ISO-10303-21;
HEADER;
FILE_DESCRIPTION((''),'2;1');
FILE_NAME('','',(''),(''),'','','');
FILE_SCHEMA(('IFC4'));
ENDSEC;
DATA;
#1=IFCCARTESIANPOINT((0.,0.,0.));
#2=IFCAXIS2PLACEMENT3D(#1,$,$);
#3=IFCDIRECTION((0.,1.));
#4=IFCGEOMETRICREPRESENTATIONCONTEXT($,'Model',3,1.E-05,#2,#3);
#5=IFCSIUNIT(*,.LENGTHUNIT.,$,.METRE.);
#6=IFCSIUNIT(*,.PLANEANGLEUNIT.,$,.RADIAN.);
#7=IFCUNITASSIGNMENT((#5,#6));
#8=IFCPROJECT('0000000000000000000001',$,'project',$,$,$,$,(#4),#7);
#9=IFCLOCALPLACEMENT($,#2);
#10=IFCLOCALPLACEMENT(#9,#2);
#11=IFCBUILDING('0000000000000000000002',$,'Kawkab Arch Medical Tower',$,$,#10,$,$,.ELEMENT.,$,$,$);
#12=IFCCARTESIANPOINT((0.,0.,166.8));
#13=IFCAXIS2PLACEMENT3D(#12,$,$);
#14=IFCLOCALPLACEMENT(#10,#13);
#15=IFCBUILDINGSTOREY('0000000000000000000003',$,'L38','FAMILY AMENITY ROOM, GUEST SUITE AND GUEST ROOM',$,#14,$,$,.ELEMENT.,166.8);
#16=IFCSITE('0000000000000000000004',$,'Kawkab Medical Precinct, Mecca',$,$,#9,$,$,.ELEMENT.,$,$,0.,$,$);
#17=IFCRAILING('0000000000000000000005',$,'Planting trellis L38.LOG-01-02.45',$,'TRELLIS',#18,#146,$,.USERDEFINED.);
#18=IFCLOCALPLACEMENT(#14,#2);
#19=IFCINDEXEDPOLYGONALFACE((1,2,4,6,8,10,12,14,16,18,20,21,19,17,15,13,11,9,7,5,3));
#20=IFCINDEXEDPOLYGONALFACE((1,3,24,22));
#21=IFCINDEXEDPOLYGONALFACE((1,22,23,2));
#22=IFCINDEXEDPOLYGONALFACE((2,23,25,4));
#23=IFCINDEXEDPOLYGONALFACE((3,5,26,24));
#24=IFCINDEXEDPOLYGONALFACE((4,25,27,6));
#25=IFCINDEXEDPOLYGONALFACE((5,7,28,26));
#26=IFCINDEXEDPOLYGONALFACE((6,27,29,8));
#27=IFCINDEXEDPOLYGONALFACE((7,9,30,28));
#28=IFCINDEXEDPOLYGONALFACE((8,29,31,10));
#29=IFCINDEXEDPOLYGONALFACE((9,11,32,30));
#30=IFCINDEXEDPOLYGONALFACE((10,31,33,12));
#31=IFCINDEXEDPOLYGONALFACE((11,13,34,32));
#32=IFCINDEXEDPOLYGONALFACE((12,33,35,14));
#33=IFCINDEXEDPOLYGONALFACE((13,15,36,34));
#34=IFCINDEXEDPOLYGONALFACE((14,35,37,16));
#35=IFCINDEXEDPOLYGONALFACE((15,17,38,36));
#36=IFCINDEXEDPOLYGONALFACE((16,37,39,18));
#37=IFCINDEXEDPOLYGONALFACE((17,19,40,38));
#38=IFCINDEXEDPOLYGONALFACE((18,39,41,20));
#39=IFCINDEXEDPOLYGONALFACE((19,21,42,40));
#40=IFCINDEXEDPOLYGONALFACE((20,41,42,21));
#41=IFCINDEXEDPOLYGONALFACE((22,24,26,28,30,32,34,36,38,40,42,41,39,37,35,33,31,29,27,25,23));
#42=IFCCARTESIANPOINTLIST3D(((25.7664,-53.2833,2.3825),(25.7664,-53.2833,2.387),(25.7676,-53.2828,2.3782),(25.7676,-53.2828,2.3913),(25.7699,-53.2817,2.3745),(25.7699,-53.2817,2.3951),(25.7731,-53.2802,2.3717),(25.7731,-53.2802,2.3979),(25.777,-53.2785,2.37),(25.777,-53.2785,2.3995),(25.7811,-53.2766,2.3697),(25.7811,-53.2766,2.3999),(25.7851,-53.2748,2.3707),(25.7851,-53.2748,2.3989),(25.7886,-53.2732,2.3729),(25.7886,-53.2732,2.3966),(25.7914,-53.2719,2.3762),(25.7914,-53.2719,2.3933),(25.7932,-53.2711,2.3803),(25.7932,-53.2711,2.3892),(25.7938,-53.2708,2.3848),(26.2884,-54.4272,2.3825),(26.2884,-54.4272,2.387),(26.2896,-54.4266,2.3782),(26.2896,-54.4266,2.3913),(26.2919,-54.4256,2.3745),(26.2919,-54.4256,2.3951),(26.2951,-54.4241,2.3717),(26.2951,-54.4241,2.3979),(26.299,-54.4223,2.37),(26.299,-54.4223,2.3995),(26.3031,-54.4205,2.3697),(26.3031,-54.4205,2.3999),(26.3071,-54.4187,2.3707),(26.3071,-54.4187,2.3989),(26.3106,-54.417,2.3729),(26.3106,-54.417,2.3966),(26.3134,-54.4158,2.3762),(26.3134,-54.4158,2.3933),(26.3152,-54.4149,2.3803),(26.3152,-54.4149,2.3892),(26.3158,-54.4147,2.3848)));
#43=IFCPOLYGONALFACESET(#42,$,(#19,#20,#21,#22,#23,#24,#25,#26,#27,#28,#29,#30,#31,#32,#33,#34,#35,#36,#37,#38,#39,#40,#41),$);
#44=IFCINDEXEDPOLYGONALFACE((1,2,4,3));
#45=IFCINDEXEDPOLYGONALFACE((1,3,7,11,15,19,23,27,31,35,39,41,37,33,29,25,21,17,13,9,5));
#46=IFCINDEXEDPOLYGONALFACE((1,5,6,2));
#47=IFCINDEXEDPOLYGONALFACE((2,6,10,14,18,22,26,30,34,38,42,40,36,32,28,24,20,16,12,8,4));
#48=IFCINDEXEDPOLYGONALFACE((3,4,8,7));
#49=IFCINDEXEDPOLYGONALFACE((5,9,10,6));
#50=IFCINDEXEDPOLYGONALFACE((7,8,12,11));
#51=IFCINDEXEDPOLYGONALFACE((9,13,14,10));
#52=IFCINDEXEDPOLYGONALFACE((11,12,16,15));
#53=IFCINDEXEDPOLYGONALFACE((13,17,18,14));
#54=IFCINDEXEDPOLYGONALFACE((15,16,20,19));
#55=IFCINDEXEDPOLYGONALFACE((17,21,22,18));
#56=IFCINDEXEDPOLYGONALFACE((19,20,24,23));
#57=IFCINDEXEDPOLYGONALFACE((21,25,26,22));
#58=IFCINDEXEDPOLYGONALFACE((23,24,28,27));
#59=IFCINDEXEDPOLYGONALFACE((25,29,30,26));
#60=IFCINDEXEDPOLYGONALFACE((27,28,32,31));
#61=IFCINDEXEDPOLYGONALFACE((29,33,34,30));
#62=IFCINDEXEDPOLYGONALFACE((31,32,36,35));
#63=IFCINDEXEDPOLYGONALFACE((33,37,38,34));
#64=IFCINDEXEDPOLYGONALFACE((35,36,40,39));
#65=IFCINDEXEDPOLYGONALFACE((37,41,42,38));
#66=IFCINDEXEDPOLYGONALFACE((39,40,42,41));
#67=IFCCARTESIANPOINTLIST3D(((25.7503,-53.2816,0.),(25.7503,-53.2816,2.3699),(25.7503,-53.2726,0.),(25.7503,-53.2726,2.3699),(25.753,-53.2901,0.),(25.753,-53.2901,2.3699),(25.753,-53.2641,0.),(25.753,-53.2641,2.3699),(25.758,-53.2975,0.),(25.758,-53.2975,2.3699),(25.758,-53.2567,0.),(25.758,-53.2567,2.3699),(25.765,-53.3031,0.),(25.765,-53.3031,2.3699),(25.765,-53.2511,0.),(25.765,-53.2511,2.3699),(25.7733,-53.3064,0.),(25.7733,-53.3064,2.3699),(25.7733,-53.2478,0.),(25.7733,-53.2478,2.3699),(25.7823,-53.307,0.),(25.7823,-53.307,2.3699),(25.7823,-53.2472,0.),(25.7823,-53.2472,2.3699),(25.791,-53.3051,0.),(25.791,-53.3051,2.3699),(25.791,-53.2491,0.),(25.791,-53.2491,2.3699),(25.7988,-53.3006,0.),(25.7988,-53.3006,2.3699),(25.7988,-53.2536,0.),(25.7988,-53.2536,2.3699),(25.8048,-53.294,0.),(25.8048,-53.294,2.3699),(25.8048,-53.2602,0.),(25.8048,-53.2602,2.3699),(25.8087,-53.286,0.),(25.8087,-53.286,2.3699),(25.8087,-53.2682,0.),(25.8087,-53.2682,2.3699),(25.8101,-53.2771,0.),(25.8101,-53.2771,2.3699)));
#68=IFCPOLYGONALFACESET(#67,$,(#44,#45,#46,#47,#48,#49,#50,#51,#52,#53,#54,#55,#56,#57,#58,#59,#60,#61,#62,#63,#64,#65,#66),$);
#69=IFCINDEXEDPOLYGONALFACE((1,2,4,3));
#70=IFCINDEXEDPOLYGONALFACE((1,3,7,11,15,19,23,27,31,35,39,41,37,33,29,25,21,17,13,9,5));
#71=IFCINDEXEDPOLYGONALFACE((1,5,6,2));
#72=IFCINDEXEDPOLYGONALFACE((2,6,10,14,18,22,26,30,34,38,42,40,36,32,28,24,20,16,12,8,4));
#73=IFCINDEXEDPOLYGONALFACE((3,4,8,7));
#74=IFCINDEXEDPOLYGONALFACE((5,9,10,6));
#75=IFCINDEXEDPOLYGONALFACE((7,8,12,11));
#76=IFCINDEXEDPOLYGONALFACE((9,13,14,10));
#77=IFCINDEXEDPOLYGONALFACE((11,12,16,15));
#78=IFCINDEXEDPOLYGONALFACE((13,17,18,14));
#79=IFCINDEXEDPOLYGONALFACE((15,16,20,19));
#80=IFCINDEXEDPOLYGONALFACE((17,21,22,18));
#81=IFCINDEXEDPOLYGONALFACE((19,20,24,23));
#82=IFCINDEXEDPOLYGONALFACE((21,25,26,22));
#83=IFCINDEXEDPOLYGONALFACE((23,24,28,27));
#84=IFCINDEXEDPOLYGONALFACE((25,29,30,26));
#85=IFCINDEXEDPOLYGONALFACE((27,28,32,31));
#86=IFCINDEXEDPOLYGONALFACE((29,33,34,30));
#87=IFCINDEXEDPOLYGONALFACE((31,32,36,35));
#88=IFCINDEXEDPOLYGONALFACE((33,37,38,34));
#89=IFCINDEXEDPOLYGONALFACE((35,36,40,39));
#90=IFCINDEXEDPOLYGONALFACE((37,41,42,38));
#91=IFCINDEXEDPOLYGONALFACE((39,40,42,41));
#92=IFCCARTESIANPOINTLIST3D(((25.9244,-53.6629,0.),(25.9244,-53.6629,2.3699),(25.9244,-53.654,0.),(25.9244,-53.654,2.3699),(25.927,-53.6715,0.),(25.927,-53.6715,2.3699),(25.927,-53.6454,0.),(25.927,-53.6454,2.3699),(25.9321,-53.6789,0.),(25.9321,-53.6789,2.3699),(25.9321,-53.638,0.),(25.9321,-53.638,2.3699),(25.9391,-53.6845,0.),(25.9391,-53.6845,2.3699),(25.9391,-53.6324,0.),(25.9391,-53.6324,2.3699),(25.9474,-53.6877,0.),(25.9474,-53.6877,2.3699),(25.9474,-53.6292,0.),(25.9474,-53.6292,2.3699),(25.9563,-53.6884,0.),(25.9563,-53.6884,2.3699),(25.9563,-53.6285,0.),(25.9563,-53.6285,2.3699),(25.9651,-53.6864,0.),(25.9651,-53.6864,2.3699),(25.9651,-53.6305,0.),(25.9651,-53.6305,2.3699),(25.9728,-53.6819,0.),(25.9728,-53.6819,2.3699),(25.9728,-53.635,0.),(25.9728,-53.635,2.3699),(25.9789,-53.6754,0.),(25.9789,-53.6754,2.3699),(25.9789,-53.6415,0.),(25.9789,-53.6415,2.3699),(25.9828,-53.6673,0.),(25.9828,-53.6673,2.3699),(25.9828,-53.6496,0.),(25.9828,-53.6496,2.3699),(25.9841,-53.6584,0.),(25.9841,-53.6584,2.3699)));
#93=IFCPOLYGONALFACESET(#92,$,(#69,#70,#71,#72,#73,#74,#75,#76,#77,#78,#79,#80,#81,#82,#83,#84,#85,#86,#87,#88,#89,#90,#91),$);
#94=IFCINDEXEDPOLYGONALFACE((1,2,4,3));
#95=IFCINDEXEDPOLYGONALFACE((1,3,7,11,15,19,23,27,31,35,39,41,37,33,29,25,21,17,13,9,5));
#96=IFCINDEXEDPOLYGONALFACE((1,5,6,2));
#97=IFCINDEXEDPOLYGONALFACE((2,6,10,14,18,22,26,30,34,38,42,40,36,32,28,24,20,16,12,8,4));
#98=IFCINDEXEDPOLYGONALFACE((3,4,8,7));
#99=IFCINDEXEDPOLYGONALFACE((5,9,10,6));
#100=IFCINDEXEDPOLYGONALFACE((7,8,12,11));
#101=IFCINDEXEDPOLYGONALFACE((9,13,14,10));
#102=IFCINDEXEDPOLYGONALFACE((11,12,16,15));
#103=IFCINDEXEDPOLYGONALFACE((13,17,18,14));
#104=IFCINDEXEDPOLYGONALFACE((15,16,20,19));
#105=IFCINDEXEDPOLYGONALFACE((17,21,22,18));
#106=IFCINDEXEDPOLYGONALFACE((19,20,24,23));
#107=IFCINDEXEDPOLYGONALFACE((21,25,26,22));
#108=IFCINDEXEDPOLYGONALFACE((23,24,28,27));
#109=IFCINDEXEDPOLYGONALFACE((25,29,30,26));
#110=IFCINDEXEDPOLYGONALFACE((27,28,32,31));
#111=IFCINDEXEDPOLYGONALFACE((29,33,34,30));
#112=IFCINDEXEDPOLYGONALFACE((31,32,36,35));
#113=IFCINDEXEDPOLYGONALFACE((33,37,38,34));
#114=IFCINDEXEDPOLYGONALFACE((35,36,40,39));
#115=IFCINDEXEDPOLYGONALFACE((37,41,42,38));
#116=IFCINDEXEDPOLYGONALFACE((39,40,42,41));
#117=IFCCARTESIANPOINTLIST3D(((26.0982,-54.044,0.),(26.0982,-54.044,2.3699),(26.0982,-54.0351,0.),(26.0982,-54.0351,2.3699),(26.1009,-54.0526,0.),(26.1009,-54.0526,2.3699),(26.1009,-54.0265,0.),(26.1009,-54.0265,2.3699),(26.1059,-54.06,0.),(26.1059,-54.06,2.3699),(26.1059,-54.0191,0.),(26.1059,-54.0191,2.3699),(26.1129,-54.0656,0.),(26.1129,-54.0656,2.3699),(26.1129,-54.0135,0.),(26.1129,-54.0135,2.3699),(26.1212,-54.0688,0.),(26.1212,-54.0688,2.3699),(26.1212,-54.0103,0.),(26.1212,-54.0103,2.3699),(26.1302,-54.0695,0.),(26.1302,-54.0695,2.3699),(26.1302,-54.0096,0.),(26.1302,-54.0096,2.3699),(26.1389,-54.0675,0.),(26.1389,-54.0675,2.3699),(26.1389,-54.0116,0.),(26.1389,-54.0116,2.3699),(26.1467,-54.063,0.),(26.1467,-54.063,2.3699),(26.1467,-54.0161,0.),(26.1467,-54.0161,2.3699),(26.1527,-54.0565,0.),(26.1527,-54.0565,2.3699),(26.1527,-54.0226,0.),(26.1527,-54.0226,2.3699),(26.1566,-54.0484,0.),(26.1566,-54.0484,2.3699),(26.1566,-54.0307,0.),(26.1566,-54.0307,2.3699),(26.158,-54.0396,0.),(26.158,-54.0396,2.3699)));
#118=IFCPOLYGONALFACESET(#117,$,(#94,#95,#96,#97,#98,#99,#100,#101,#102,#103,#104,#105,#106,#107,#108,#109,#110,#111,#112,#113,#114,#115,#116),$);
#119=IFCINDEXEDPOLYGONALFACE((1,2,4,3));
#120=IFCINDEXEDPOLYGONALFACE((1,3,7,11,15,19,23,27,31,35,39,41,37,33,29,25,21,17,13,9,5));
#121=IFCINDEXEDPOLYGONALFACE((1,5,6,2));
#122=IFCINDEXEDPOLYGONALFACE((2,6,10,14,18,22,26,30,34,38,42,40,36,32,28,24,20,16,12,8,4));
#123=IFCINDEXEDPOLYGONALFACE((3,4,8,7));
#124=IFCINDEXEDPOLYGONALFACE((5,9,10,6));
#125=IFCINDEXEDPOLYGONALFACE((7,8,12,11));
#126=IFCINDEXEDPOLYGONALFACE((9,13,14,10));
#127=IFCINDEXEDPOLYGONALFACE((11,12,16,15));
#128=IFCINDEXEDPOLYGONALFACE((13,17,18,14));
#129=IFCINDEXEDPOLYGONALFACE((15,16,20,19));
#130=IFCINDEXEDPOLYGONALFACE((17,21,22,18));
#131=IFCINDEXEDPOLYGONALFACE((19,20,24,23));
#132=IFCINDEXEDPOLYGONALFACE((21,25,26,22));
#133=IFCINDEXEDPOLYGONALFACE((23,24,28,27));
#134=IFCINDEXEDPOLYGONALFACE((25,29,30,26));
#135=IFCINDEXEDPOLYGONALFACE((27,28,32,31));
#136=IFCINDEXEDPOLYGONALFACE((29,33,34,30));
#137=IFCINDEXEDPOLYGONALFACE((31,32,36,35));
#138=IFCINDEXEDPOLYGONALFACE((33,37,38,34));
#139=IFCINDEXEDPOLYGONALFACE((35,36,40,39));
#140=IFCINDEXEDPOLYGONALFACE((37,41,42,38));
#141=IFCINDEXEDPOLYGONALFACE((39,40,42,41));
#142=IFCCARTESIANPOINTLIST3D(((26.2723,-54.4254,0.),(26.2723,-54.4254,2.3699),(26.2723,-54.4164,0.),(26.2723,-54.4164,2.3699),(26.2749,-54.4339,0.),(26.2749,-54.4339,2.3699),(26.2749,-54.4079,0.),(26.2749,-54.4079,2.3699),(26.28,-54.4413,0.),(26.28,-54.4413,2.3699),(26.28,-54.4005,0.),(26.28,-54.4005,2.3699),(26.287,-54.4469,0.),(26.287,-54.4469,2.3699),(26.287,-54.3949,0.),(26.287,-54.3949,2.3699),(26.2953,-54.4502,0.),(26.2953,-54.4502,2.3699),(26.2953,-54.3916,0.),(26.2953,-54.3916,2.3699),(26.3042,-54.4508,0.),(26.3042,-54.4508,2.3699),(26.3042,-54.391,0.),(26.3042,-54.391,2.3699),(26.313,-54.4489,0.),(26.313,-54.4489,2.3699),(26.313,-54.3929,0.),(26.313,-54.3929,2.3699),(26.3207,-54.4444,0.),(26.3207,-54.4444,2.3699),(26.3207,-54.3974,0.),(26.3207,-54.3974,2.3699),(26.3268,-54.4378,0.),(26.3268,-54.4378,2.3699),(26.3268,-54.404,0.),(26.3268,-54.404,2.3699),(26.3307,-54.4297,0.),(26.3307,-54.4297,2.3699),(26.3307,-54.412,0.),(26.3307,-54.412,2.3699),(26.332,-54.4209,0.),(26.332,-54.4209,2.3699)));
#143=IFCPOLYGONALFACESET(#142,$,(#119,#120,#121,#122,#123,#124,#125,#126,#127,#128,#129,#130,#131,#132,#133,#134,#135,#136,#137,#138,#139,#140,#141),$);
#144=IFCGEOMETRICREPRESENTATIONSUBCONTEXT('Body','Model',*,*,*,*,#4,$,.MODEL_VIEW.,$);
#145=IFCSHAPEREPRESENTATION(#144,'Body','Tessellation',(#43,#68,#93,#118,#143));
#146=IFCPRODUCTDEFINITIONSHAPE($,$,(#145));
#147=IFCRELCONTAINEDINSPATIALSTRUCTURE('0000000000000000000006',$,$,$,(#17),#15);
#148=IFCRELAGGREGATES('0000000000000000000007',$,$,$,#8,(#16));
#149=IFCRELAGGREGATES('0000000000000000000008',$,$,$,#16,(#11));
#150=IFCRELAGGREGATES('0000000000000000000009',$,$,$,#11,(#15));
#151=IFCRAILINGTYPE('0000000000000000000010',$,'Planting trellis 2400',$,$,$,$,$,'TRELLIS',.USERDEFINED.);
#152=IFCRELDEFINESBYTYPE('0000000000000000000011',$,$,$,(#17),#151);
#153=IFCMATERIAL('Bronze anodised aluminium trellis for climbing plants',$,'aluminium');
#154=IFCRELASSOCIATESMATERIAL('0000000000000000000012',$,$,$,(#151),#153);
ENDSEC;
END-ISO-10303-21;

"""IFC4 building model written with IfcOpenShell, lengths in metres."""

from ifc_helpers import new_model, si_unit, direction, frame, origin, origin_2d, place, context, subcontext, project, spatial, circle, extrude, material, type_object, element, save


model = new_model("IFC4")

# Units and contexts
model_context = context("Model", 3, precision=1e-05, world=origin(), true_north=direction((0.0, 1.0)))
body_context = subcontext(model_context, "Body", "Model", "MODEL_VIEW")
ifc_project = project(units=[si_unit("LENGTHUNIT", "METRE"), si_unit("PLANEANGLEUNIT", "RADIAN")], contexts=[model_context])

# Site, building, storey
site_placement = place(None, origin())
site = spatial("IfcSite", under=ifc_project, at=site_placement, Name="Kawkab Medical Precinct, Mecca", CompositionType="ELEMENT", RefElevation=0.0)
building_placement = place(site_placement, origin())
building = spatial("IfcBuilding", under=site, at=building_placement, Name="Kawkab Arch Medical Tower", CompositionType="ELEMENT")
storey_placement = place(building_placement, frame((0.0, 0.0, 166.8)))
storey = spatial("IfcBuildingStorey", under=building, at=storey_placement, Name="L38", Description="FAMILY AMENITY ROOM, GUEST SUITE AND GUEST ROOM", CompositionType="ELEMENT", Elevation=166.8)

# Railing
ifc_material_1 = material(Name="Bronze anodised aluminium trellis for climbing plants", Category="aluminium")
railing_type = type_object("IfcRailingType", Name="Planting trellis 2400", ElementType="TRELLIS", PredefinedType="USERDEFINED", material=ifc_material_1)
railing_1_placement = place(storey_placement, frame((25.78, -53.2771, 0.0)))
element("IfcRailing", 1, at=railing_1_placement, inside=storey, type_object=railing_type, Name="Planting trellis L38.LOG-01-02.45", ObjectType="TRELLIS", PredefinedType="USERDEFINED", context=body_context, shape_type="SweptSolid", body=[
    extrude(circle(Radius=0.0151, at=origin_2d()), frame((0.0, 0.0, 2.3848), z_axis=(0.415163, -0.909747, 0.0), x_axis=(0.909747, 0.415163, 0.0)), (0.0, 0.0, 1.0), 1.2573),
    extrude(circle(Radius=0.03, at=origin_2d()), origin(), (0.0, 0.0, 1.0), 2.3699),
    extrude(circle(Radius=0.03, at=origin_2d()), frame((0.1741, -0.3813, 0.0)), (0.0, 0.0, 1.0), 2.3699),
    extrude(circle(Radius=0.03, at=origin_2d()), frame((0.3479, -0.7625, 0.0)), (0.0, 0.0, 1.0), 2.3699),
    extrude(circle(Radius=0.03, at=origin_2d()), frame((0.522, -1.1438, 0.0)), (0.0, 0.0, 1.0), 2.3699),
])

save(model, "model.ifc")
